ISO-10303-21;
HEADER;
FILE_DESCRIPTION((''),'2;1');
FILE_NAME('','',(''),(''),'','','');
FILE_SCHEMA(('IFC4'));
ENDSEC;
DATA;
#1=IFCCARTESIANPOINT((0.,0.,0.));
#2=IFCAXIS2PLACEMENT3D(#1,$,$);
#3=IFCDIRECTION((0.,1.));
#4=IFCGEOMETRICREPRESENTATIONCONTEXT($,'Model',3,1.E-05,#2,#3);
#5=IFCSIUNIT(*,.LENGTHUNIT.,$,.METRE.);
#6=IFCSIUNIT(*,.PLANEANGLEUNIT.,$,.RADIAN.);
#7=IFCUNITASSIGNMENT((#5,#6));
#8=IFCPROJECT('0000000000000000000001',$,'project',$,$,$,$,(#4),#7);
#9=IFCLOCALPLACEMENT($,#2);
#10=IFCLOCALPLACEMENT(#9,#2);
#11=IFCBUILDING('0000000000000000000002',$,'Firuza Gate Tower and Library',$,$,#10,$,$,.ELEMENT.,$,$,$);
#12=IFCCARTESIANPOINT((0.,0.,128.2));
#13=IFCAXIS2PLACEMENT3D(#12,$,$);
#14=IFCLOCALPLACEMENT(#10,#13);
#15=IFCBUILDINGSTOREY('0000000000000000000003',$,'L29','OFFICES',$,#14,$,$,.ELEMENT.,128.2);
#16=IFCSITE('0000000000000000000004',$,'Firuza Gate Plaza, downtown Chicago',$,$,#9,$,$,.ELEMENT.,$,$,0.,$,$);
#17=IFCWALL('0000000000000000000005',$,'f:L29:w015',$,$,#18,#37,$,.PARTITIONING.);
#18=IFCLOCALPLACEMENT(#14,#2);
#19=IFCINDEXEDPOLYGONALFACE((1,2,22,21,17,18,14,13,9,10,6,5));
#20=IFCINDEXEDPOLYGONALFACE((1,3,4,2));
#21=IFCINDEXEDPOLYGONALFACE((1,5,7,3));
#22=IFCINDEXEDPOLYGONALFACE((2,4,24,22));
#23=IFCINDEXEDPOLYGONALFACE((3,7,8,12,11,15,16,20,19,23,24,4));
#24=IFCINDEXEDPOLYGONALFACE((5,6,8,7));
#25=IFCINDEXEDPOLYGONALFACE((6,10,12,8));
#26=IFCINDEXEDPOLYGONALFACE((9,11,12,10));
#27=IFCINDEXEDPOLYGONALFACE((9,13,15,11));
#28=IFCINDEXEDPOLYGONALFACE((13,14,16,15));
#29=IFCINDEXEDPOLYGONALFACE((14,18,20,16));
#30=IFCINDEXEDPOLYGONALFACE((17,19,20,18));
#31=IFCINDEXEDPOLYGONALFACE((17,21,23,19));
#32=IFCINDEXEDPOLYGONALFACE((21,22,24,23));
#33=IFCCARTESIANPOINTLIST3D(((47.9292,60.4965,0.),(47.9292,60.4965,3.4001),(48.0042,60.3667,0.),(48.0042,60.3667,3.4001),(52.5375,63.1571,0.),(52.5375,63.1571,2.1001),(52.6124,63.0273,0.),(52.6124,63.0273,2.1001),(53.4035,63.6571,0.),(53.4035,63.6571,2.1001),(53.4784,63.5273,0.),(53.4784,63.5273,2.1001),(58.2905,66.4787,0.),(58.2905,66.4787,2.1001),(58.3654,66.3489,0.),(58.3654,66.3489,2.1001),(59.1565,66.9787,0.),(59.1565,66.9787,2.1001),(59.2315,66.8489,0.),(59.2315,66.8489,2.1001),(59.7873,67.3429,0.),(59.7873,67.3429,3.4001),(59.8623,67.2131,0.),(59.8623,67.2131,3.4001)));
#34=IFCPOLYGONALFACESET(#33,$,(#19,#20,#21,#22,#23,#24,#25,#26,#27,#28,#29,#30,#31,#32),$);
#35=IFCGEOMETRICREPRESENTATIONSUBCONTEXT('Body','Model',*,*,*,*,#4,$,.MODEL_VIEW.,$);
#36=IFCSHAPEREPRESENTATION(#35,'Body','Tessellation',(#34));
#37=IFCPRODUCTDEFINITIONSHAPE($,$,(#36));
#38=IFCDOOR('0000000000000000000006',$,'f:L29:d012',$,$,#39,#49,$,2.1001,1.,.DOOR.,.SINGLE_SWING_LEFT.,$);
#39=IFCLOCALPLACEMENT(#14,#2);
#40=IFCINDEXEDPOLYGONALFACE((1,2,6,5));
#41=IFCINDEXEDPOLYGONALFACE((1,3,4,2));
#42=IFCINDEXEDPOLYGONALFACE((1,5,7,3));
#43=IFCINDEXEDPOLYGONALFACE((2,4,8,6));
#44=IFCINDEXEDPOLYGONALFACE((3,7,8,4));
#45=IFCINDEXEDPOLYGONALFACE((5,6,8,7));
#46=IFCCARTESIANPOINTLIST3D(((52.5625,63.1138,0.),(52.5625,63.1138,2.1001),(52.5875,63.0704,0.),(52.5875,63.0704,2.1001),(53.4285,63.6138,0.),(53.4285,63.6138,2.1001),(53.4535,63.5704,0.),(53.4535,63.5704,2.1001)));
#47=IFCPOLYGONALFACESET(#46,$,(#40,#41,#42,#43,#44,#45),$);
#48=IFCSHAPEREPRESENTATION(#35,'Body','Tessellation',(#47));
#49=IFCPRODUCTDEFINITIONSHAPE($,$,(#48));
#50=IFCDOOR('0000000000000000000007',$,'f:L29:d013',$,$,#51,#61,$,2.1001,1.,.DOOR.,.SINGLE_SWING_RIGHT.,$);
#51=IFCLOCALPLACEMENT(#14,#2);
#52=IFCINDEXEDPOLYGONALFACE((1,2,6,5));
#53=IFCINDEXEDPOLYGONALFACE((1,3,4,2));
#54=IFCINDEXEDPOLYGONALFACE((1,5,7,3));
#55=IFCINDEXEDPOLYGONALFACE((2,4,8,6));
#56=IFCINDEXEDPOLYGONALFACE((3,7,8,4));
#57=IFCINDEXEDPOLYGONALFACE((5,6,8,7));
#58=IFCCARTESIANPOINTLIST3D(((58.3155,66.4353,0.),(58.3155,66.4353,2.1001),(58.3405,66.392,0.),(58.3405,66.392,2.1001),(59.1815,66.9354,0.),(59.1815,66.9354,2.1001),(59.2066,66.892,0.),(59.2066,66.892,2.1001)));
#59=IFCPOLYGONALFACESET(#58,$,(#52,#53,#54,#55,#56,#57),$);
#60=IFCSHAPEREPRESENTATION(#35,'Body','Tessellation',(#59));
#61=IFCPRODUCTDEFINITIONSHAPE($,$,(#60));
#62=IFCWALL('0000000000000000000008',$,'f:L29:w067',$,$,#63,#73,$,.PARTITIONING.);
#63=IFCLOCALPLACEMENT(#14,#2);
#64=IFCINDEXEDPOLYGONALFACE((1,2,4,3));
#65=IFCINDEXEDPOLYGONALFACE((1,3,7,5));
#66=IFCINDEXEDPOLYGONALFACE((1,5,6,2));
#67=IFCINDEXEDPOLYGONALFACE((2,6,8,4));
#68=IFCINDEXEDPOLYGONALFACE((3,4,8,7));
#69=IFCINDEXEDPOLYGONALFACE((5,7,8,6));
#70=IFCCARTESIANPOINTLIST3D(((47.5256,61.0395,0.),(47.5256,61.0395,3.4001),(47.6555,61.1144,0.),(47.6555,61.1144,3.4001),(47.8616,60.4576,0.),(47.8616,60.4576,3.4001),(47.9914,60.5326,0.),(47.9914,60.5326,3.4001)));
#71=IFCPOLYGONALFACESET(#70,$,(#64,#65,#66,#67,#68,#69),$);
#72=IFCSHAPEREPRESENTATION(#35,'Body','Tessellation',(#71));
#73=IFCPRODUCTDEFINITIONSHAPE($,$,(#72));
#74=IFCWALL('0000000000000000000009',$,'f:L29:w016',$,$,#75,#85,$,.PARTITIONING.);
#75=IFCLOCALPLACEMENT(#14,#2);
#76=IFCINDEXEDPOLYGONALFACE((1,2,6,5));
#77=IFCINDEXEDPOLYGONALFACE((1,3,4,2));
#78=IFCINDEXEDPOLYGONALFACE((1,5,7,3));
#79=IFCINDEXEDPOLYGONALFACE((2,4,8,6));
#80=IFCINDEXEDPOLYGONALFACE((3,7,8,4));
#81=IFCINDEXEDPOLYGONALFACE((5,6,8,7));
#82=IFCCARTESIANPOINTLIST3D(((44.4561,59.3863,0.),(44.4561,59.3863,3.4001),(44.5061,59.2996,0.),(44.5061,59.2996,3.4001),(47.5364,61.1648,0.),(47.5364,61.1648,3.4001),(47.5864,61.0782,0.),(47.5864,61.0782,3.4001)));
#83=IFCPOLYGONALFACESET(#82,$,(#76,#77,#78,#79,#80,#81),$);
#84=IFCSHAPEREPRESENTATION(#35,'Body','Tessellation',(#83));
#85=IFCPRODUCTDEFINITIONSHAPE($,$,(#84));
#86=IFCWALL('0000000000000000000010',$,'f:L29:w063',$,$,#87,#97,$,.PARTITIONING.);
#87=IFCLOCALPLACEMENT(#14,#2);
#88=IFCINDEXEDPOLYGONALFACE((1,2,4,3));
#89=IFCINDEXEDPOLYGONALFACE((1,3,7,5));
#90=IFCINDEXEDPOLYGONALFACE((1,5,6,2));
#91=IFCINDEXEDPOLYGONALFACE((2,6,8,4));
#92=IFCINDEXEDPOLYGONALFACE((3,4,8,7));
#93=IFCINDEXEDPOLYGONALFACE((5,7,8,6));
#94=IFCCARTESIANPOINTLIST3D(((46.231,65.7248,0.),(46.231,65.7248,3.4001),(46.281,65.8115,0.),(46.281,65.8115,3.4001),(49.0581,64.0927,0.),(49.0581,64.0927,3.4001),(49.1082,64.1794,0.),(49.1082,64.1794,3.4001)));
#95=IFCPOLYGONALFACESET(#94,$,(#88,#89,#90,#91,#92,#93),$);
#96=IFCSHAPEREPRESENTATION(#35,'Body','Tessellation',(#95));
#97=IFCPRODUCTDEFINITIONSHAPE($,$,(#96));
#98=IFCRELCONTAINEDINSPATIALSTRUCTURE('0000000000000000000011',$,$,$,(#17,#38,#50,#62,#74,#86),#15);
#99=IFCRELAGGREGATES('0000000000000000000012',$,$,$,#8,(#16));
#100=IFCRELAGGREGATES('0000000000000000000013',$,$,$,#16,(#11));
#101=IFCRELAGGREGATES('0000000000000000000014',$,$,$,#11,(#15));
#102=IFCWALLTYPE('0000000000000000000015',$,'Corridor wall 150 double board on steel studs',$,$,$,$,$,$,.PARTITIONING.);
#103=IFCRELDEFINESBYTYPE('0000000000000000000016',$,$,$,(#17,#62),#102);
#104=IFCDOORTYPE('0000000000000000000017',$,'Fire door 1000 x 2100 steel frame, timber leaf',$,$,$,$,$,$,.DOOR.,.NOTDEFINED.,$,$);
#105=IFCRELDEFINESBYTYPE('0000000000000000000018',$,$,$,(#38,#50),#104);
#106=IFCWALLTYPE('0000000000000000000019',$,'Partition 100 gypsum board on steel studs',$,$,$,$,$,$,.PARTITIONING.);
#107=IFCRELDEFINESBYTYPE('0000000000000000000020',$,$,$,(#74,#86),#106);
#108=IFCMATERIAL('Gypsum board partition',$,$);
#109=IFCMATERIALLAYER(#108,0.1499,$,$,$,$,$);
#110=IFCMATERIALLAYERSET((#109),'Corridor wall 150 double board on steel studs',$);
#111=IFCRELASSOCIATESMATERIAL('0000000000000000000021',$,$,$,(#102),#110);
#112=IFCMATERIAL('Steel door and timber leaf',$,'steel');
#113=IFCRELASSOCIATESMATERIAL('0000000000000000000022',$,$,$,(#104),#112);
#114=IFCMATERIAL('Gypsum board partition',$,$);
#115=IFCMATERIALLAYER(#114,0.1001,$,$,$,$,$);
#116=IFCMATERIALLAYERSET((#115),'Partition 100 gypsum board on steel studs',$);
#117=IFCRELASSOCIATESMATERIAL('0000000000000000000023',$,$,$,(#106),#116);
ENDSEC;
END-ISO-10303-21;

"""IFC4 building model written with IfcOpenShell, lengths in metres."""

from ifc_helpers import new_model, si_unit, direction, frame, frame_2d, origin, place, context, subcontext, project, spatial, rectangle, extrude, material, layer, layer_set, type_object, element, fill, save


model = new_model("IFC4")

# Units and contexts
model_context = context("Model", 3, precision=1e-05, world=origin(), true_north=direction((0.0, 1.0)))
body_context = subcontext(model_context, "Body", "Model", "MODEL_VIEW")
ifc_project = project(units=[si_unit("LENGTHUNIT", "METRE"), si_unit("PLANEANGLEUNIT", "RADIAN")], contexts=[model_context])

# Site, building, storey
site_placement = place(None, origin())
site = spatial("IfcSite", under=ifc_project, at=site_placement, Name="Firuza Gate Plaza, downtown Chicago", CompositionType="ELEMENT", RefElevation=0.0)
building_placement = place(site_placement, origin())
building = spatial("IfcBuilding", under=site, at=building_placement, Name="Firuza Gate Tower and Library", CompositionType="ELEMENT")
storey_placement = place(building_placement, frame((0.0, 0.0, 128.2)))
storey = spatial("IfcBuildingStorey", under=building, at=storey_placement, Name="L29", Description="OFFICES", CompositionType="ELEMENT", Elevation=128.2)

# Wall, openings, doors
ifc_material_1 = material(Name="Gypsum board partition")
ifc_layer_1 = layer(ifc_material_1, 0.1499)
ifc_layer_set_1 = layer_set([ifc_layer_1], Name="Corridor wall 150 double board on steel studs")
wall_type_1 = type_object("IfcWallType", Name="Corridor wall 150 double board on steel studs", PredefinedType="PARTITIONING", material=ifc_layer_set_1)
wall_1_placement = place(storey_placement, frame((47.9668, 60.4316, 0.0), z_axis=(0.0, 0.0, 1.0), x_axis=(0.866021, 0.500007, 0.0)))
wall_1 = element("IfcWall", 1, at=wall_1_placement, inside=storey, type_object=wall_type_1, Name="f:L29:w015", PredefinedType="PARTITIONING", context=body_context, shape_type="SweptSolid", body=[
    extrude(rectangle(XDim=13.6926, YDim=0.1499, at=frame_2d((6.8462, 0.0))), origin(), (0.0, 0.0, 1.0), 3.4001),
])
opening_1_placement = place(wall_1_placement, frame((5.321, 0.0, 0.0)))
opening_1 = element("IfcOpeningElement", 2, at=opening_1_placement, cuts=wall_1, PredefinedType="OPENING", context=body_context, shape_type="SweptSolid", body=[
    extrude(rectangle(XDim=1.0, YDim=2.1001, at=frame_2d((0.5, 1.05))), frame((0.0, 0.085, 0.0), z_axis=(0.0, -1.0, 0.0), x_axis=(1.0, 0.0, 0.0)), (0.0, 0.0, 1.0), 0.1699),
])
opening_2_placement = place(wall_1_placement, frame((11.9641, 0.0, 0.0)))
opening_2 = element("IfcOpeningElement", 3, at=opening_2_placement, cuts=wall_1, PredefinedType="OPENING", context=body_context, shape_type="SweptSolid", body=[
    extrude(rectangle(XDim=1.0, YDim=2.1001, at=frame_2d((0.5, 1.05))), frame((0.0, 0.085, 0.0), z_axis=(0.0, -1.0, 0.0), x_axis=(1.0, 0.0, 0.0)), (0.0, 0.0, 1.0), 0.1699),
])
ifc_material_2 = material(Name="Steel door and timber leaf", Category="steel")
door_type = type_object("IfcDoorType", Name="Fire door 1000 x 2100 steel frame, timber leaf", OperationType="NOTDEFINED", PredefinedType="DOOR", material=ifc_material_2)
door_1_placement = place(opening_1_placement, origin())
door_1 = element("IfcDoor", 4, at=door_1_placement, inside=storey, type_object=door_type, Name="f:L29:d012", OperationType="SINGLE_SWING_LEFT", OverallHeight=2.1001, OverallWidth=1.0, PredefinedType="DOOR", context=body_context, shape_type="SweptSolid", body=[
    extrude(rectangle(XDim=1.0, YDim=2.1001, at=frame_2d((0.5, 1.05))), frame((0.0, 0.0249, 0.0), z_axis=(0.0, -1.0, 0.0), x_axis=(1.0, 0.0, 0.0)), (0.0, 0.0, 1.0), 0.05),
])
fill(opening_1, door_1)
door_2_placement = place(opening_2_placement, origin())
door_2 = element("IfcDoor", 5, at=door_2_placement, inside=storey, type_object=door_type, Name="f:L29:d013", OperationType="SINGLE_SWING_RIGHT", OverallHeight=2.1001, OverallWidth=1.0, PredefinedType="DOOR", context=body_context, shape_type="SweptSolid", body=[
    extrude(rectangle(XDim=1.0, YDim=2.1001, at=frame_2d((0.5, 1.05))), frame((0.0, 0.0249, 0.0), z_axis=(0.0, -1.0, 0.0), x_axis=(1.0, 0.0, 0.0)), (0.0, 0.0, 1.0), 0.05),
])
fill(opening_2, door_2)

# Walls
wall_2_placement = place(storey_placement, frame((47.9265, 60.4951, 0.0), z_axis=(0.0, 0.0, 1.0), x_axis=(-0.500048, 0.865998, 0.0)))
element("IfcWall", 6, at=wall_2_placement, inside=storey, type_object=wall_type_1, Name="f:L29:w067", PredefinedType="PARTITIONING", context=body_context, shape_type="SweptSolid", body=[
    extrude(rectangle(XDim=0.6719, YDim=0.1499, at=frame_2d((0.3359, 0.0))), origin(), (0.0, 0.0, 1.0), 3.4001),
])
ifc_material_3 = material(Name="Gypsum board partition")
ifc_layer_2 = layer(ifc_material_3, 0.1001)
ifc_layer_set_2 = layer_set([ifc_layer_2], Name="Partition 100 gypsum board on steel studs")
wall_type_2 = type_object("IfcWallType", Name="Partition 100 gypsum board on steel studs", PredefinedType="PARTITIONING", material=ifc_layer_set_2)
wall_3_placement = place(storey_placement, frame((44.4812, 59.343, 0.0), z_axis=(0.0, 0.0, 1.0), x_axis=(0.866008, 0.500029, 0.0)))
element("IfcWall", 7, at=wall_3_placement, inside=storey, type_object=wall_type_2, Name="f:L29:w016", PredefinedType="PARTITIONING", context=body_context, shape_type="SweptSolid", body=[
    extrude(rectangle(XDim=3.5569, YDim=0.1001, at=frame_2d((1.7783, 0.0))), origin(), (0.0, 0.0, 1.0), 3.4001),
])
wall_4_placement = place(storey_placement, frame((49.0833, 64.136, 0.0), z_axis=(0.0, 0.0, 1.0), x_axis=(-0.866049, 0.49996, 0.0)))
element("IfcWall", 8, at=wall_4_placement, inside=storey, type_object=wall_type_2, Name="f:L29:w063", PredefinedType="PARTITIONING", context=body_context, shape_type="SweptSolid", body=[
    extrude(rectangle(XDim=3.2644, YDim=0.1001, at=frame_2d((1.6323, 0.0))), origin(), (0.0, 0.0, 1.0), 3.4001),
])

save(model, "model.ifc")
